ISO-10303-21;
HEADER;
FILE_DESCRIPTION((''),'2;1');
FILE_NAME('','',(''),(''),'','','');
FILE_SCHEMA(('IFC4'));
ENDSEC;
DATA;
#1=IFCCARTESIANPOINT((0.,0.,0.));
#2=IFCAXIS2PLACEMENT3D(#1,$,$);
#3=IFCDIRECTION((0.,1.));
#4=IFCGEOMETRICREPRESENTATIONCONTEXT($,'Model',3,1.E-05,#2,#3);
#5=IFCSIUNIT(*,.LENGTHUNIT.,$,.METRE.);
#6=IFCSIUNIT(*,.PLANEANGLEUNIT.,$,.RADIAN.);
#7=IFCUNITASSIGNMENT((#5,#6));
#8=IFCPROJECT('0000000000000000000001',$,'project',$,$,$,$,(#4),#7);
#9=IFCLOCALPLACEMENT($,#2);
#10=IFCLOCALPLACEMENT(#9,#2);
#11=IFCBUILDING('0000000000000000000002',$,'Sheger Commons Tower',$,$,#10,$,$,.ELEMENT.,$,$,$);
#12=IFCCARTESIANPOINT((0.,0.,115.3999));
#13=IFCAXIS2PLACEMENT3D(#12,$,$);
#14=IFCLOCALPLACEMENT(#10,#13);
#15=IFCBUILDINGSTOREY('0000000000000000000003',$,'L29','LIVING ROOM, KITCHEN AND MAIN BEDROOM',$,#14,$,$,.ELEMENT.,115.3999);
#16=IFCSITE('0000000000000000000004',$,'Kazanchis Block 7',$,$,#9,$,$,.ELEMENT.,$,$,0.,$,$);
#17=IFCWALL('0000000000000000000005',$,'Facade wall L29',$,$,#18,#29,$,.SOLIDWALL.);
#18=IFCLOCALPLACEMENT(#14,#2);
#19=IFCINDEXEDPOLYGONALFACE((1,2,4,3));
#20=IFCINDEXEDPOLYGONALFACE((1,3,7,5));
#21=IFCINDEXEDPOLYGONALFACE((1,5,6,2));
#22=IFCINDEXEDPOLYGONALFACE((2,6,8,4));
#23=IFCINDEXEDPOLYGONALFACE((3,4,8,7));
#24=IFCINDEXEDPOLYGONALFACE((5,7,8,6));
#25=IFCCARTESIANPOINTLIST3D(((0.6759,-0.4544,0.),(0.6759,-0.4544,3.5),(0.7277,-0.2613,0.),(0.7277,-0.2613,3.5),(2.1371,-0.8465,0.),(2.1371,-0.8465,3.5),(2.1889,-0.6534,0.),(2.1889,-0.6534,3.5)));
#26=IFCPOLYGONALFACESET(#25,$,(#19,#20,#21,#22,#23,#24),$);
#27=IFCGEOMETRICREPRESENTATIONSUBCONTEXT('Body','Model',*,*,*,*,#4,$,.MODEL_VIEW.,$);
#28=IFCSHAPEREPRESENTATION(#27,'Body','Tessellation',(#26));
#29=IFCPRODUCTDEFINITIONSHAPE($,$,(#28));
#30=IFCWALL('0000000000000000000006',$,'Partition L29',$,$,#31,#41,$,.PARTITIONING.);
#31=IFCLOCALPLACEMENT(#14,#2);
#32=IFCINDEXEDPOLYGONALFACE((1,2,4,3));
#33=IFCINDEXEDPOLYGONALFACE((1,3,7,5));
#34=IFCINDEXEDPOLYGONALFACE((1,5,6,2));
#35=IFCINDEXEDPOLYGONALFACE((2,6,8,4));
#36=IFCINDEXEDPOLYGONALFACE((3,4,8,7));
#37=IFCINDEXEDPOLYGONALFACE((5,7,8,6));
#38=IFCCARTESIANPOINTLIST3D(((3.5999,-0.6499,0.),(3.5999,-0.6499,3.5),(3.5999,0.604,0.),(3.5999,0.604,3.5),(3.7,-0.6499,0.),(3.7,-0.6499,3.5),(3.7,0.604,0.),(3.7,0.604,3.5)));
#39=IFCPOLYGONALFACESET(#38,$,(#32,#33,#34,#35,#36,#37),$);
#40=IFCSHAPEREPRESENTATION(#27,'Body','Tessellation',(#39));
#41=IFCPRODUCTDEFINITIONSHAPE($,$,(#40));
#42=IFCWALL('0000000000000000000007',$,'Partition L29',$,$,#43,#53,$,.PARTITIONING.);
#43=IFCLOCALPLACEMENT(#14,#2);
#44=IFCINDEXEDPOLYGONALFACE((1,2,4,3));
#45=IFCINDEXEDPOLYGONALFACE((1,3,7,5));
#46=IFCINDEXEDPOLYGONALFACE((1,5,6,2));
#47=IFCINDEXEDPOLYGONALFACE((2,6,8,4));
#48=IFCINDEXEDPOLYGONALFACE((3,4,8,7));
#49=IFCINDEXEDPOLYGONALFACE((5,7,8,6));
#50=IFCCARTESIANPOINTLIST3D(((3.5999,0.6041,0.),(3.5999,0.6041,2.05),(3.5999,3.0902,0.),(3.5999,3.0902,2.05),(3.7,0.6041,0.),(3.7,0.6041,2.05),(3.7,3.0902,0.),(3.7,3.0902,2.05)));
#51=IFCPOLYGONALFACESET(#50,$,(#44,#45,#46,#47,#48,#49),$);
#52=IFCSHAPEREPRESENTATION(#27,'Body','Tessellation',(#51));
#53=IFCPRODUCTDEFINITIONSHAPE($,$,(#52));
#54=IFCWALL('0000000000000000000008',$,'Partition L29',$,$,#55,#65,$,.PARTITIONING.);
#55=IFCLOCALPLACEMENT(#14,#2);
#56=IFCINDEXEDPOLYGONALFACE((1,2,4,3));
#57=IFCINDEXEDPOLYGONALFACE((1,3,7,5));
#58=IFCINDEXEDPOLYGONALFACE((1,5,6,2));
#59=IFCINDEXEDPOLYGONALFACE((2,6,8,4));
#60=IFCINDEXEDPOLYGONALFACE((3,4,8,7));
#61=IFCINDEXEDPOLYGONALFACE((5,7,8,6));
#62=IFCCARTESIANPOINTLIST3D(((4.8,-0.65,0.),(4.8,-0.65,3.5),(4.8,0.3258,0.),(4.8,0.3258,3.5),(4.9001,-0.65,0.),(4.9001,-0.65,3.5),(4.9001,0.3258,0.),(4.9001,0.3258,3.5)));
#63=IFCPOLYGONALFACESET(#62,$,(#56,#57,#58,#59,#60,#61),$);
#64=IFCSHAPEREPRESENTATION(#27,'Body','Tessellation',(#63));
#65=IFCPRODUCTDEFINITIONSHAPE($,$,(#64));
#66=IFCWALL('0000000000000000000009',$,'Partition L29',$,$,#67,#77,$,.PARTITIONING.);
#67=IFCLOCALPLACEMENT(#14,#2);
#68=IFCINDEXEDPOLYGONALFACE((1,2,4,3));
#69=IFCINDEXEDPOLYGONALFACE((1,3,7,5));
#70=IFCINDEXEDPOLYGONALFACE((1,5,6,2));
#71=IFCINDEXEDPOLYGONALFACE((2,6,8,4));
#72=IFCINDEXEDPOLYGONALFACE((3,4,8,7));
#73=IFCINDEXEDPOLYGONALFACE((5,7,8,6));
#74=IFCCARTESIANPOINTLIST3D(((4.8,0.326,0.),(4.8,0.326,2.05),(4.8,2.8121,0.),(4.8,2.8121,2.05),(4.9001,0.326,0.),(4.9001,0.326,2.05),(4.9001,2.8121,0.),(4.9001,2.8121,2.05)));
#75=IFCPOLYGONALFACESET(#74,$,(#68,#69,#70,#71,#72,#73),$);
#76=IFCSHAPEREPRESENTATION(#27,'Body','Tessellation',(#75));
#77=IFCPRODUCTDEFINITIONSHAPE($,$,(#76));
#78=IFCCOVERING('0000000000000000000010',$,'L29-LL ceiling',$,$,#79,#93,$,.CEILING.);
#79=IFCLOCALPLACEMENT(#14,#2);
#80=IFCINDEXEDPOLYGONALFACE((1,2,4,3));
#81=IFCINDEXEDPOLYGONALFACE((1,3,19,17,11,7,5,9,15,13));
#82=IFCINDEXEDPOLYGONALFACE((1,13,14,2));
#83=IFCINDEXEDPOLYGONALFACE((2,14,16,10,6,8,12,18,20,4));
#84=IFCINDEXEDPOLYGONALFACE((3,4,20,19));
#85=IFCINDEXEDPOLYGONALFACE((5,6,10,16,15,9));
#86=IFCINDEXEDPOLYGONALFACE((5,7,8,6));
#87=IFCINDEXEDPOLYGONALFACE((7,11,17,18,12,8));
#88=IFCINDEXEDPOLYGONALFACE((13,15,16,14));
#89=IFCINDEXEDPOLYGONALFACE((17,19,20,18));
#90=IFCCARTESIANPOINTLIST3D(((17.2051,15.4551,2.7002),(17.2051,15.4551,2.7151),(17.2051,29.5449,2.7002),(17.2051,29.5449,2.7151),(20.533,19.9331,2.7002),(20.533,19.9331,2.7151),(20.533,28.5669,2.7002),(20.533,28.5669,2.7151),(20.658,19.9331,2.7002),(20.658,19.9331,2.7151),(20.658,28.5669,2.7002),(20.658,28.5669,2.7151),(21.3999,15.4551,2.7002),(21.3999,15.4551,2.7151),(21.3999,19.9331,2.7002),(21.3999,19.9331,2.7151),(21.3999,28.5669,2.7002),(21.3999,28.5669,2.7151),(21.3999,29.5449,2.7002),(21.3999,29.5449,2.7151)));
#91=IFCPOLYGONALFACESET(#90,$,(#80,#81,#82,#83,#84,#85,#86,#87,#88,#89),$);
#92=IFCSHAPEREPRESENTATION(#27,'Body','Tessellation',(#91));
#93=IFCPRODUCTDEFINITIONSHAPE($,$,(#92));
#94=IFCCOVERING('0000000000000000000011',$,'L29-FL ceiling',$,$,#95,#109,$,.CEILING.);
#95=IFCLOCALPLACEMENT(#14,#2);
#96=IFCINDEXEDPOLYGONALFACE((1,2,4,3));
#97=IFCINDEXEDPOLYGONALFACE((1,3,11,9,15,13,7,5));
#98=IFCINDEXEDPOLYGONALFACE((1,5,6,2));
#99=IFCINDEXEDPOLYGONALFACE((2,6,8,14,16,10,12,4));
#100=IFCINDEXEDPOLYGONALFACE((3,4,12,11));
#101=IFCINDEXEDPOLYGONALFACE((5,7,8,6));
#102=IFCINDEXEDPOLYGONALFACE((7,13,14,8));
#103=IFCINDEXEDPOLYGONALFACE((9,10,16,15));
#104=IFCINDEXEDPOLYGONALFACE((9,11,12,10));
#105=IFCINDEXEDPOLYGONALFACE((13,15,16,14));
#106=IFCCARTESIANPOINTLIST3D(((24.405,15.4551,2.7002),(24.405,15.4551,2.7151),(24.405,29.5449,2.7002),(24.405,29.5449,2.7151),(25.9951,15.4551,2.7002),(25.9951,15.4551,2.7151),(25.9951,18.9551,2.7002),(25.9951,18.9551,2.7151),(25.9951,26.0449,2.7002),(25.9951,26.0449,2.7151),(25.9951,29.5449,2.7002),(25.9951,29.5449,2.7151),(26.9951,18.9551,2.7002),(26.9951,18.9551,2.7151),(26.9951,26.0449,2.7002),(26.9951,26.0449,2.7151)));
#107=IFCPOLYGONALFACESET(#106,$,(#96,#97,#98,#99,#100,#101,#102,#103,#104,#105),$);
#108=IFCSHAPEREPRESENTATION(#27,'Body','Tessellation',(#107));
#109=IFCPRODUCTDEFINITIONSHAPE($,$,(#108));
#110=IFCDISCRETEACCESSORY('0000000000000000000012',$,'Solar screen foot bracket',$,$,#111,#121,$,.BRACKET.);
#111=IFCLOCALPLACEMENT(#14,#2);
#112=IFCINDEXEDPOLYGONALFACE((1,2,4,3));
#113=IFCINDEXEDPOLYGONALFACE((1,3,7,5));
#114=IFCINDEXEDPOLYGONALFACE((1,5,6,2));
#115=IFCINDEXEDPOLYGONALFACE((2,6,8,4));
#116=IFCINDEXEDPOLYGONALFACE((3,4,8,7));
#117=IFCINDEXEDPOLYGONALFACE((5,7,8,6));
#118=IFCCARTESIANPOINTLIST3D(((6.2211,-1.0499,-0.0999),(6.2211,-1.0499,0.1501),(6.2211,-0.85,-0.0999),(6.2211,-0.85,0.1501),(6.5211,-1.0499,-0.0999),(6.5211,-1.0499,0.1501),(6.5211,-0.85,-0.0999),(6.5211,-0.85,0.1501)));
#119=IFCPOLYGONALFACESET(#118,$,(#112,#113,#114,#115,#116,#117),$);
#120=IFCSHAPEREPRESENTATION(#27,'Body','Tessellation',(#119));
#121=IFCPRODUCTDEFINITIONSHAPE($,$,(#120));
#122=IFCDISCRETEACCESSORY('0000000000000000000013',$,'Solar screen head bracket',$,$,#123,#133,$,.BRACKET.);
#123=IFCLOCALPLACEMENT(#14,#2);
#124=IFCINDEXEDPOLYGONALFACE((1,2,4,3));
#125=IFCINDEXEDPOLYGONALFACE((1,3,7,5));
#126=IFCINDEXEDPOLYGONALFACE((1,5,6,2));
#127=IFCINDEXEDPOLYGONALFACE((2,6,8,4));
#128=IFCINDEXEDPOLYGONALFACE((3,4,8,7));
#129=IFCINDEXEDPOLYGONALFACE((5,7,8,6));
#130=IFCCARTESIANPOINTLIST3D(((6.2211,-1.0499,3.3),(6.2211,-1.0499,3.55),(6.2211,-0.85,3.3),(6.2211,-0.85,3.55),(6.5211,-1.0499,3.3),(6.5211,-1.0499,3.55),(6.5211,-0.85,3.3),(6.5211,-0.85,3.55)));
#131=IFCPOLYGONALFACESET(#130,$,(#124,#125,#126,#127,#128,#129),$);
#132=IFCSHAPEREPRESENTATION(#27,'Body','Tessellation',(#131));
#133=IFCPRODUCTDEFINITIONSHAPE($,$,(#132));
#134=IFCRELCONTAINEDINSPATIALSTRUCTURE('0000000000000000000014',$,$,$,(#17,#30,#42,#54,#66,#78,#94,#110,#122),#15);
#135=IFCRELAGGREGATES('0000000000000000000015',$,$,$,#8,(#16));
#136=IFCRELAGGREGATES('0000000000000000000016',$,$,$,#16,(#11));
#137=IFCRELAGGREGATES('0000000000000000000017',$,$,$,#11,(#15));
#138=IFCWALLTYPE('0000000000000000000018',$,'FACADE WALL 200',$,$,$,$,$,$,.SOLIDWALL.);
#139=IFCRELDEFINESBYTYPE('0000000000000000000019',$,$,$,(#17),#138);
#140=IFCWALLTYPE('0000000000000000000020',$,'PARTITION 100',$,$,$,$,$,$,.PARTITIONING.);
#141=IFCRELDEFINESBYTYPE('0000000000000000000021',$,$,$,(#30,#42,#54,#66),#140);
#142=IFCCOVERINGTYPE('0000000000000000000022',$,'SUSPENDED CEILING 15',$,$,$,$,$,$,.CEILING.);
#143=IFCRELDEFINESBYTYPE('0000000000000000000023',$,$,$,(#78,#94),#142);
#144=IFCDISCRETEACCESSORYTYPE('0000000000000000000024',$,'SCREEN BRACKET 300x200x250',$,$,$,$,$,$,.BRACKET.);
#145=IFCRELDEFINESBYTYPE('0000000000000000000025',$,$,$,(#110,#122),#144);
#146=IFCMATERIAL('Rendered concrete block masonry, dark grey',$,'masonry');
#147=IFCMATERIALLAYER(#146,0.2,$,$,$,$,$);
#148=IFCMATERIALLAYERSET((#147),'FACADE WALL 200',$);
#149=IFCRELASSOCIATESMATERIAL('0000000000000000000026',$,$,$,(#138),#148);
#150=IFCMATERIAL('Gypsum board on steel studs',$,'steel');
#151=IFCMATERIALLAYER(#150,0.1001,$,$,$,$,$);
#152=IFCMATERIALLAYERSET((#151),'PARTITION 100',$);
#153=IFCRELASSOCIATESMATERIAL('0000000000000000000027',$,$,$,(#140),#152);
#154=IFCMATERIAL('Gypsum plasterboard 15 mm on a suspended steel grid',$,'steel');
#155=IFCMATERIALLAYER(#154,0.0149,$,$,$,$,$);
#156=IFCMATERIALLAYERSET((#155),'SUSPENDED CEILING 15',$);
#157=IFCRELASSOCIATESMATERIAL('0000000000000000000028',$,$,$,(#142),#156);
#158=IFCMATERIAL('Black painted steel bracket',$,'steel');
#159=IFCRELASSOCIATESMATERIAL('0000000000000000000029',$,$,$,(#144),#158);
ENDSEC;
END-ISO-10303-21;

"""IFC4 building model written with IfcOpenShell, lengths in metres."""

from ifc_helpers import new_model, si_unit, direction, frame, frame_2d, origin, origin_2d, place, context, subcontext, project, spatial, polyline, rectangle, outline, extrude, material, layer, layer_set, type_object, element, save


model = new_model("IFC4")

# Units and contexts
model_context = context("Model", 3, precision=1e-05, world=origin(), true_north=direction((0.0, 1.0)))
body_context = subcontext(model_context, "Body", "Model", "MODEL_VIEW")
ifc_project = project(units=[si_unit("LENGTHUNIT", "METRE"), si_unit("PLANEANGLEUNIT", "RADIAN")], contexts=[model_context])

# Site, building, storey
site_placement = place(None, origin())
site = spatial("IfcSite", under=ifc_project, at=site_placement, Name="Kazanchis Block 7", CompositionType="ELEMENT", RefElevation=0.0)
building_placement = place(site_placement, origin())
building = spatial("IfcBuilding", under=site, at=building_placement, Name="Sheger Commons Tower", CompositionType="ELEMENT")
storey_placement = place(building_placement, frame((0.0, 0.0, 115.3999)))
storey = spatial("IfcBuildingStorey", under=building, at=storey_placement, Name="L29", Description="LIVING ROOM, KITCHEN AND MAIN BEDROOM", CompositionType="ELEMENT", Elevation=115.3999)

# Shared definitions
ifc_material_1 = material(Name="Rendered concrete block masonry, dark grey", Category="masonry")
ifc_layer_1 = layer(ifc_material_1, 0.2)
ifc_layer_set_1 = layer_set([ifc_layer_1], Name="FACADE WALL 200")
wall_type_1 = type_object("IfcWallType", Name="FACADE WALL 200", PredefinedType="SOLIDWALL", material=ifc_layer_set_1)

# Walls
wall_1_placement = place(storey_placement, frame((0.7019, -0.3579, 0.0), z_axis=(0.0, 0.0, 1.0), x_axis=(0.965832, -0.259169, 0.0)))
element("IfcWall", 1, at=wall_1_placement, inside=storey, type_object=wall_type_1, Name="Facade wall L29", PredefinedType="SOLIDWALL", context=body_context, shape_type="SweptSolid", body=[
    extrude(rectangle(XDim=1.5129, YDim=0.2, at=frame_2d((0.7563, 0.0))), origin(), (0.0, 0.0, 1.0), 3.5),
])
ifc_material_2 = material(Name="Gypsum board on steel studs", Category="steel")
ifc_layer_2 = layer(ifc_material_2, 0.1001)
ifc_layer_set_2 = layer_set([ifc_layer_2], Name="PARTITION 100")
wall_type_2 = type_object("IfcWallType", Name="PARTITION 100", PredefinedType="PARTITIONING", material=ifc_layer_set_2)
wall_2_placement = place(storey_placement, frame((3.6499, -0.6499, 0.0), z_axis=(0.0, 0.0, 1.0), x_axis=(0.0, 1.0, 0.0)))
element("IfcWall", 2, at=wall_2_placement, inside=storey, type_object=wall_type_2, Name="Partition L29", PredefinedType="PARTITIONING", context=body_context, shape_type="SweptSolid", body=[
    extrude(rectangle(XDim=1.2539, YDim=0.1001, at=frame_2d((0.627, 0.0))), origin(), (0.0, 0.0, 1.0), 3.5),
])
wall_3_placement = place(storey_placement, frame((3.6499, 0.604, 0.0), z_axis=(0.0, 0.0, 1.0), x_axis=(0.0, 1.0, 0.0)))
element("IfcWall", 3, at=wall_3_placement, inside=storey, type_object=wall_type_2, Name="Partition L29", PredefinedType="PARTITIONING", context=body_context, shape_type="SweptSolid", body=[
    extrude(rectangle(XDim=2.4861, YDim=0.1001, at=frame_2d((1.2432, 0.0))), origin(), (0.0, 0.0, 1.0), 2.05),
])
wall_4_placement = place(storey_placement, frame((4.8501, -0.6499, 0.0), z_axis=(0.0, 0.0, 1.0), x_axis=(0.0, 1.0, 0.0)))
element("IfcWall", 4, at=wall_4_placement, inside=storey, type_object=wall_type_2, Name="Partition L29", PredefinedType="PARTITIONING", context=body_context, shape_type="SweptSolid", body=[
    extrude(rectangle(XDim=0.9758, YDim=0.1001, at=frame_2d((0.4878, 0.0))), origin(), (0.0, 0.0, 1.0), 3.5),
])
wall_5_placement = place(storey_placement, frame((4.8501, 0.3259, 0.0), z_axis=(0.0, 0.0, 1.0), x_axis=(0.0, 1.0, 0.0)))
element("IfcWall", 5, at=wall_5_placement, inside=storey, type_object=wall_type_2, Name="Partition L29", PredefinedType="PARTITIONING", context=body_context, shape_type="SweptSolid", body=[
    extrude(rectangle(XDim=2.4861, YDim=0.1001, at=frame_2d((1.2432, 0.0))), origin(), (0.0, 0.0, 1.0), 2.05),
])

# Coverings
ifc_material_3 = material(Name="Gypsum plasterboard 15 mm on a suspended steel grid", Category="steel")
ifc_layer_3 = layer(ifc_material_3, 0.0149)
ifc_layer_set_3 = layer_set([ifc_layer_3], Name="SUSPENDED CEILING 15")
covering_type = type_object("IfcCoveringType", Name="SUSPENDED CEILING 15", PredefinedType="CEILING", material=ifc_layer_set_3)
covering_1_placement = place(storey_placement, frame((0.0, 0.0, 2.7002)))
element("IfcCovering", 6, at=covering_1_placement, inside=storey, type_object=covering_type, Name="L29-LL ceiling", PredefinedType="CEILING", context=body_context, shape_type="SweptSolid", body=[
    extrude(outline(polyline([(17.2051, 15.4551), (21.3999, 15.4551), (21.3999, 19.9331), (20.658, 19.9331), (20.533, 19.9331), (20.533, 28.5669), (20.658, 28.5669), (21.3999, 28.5669), (21.3999, 29.5449), (17.2051, 29.5449), (17.2051, 15.4551)])), origin(), (0.0, 0.0, 1.0), 0.0149),
])
covering_2_placement = place(storey_placement, frame((0.0, 0.0, 2.7002)))
element("IfcCovering", 7, at=covering_2_placement, inside=storey, type_object=covering_type, Name="L29-FL ceiling", PredefinedType="CEILING", context=body_context, shape_type="SweptSolid", body=[
    extrude(outline(polyline([(24.405, 15.4551), (25.9951, 15.4551), (25.9951, 18.9551), (26.9951, 18.9551), (26.9951, 26.0449), (25.9951, 26.0449), (25.9951, 29.5449), (24.405, 29.5449), (24.405, 15.4551)])), origin(), (0.0, 0.0, 1.0), 0.0149),
])

# Discrete accessories
ifc_material_4 = material(Name="Black painted steel bracket", Category="steel")
discrete_accessory_type = type_object("IfcDiscreteAccessoryType", Name="SCREEN BRACKET 300x200x250", PredefinedType="BRACKET", material=ifc_material_4)
for number, where, z_axis, x_axis, name in (
    (8, (6.3711, -0.95, -0.0999), (0.0, 0.0, 1.0), (1.0, 0.0, 0.0), "Solar screen foot bracket"),
    (9, (6.3711, -0.95, 3.3), (0.0, 0.0, 1.0), (1.0, 0.0, 0.0), "Solar screen head bracket"),
):
    element("IfcDiscreteAccessory", number, at=place(storey_placement, frame(where, z_axis=z_axis, x_axis=x_axis)), inside=storey, type_object=discrete_accessory_type, Name=name, PredefinedType="BRACKET", context=body_context, shape_type="SweptSolid", body=[
        extrude(rectangle(XDim=0.3, YDim=0.2, at=origin_2d()), origin(), (0.0, 0.0, 1.0), 0.25),
    ])

save(model, "model.ifc")
